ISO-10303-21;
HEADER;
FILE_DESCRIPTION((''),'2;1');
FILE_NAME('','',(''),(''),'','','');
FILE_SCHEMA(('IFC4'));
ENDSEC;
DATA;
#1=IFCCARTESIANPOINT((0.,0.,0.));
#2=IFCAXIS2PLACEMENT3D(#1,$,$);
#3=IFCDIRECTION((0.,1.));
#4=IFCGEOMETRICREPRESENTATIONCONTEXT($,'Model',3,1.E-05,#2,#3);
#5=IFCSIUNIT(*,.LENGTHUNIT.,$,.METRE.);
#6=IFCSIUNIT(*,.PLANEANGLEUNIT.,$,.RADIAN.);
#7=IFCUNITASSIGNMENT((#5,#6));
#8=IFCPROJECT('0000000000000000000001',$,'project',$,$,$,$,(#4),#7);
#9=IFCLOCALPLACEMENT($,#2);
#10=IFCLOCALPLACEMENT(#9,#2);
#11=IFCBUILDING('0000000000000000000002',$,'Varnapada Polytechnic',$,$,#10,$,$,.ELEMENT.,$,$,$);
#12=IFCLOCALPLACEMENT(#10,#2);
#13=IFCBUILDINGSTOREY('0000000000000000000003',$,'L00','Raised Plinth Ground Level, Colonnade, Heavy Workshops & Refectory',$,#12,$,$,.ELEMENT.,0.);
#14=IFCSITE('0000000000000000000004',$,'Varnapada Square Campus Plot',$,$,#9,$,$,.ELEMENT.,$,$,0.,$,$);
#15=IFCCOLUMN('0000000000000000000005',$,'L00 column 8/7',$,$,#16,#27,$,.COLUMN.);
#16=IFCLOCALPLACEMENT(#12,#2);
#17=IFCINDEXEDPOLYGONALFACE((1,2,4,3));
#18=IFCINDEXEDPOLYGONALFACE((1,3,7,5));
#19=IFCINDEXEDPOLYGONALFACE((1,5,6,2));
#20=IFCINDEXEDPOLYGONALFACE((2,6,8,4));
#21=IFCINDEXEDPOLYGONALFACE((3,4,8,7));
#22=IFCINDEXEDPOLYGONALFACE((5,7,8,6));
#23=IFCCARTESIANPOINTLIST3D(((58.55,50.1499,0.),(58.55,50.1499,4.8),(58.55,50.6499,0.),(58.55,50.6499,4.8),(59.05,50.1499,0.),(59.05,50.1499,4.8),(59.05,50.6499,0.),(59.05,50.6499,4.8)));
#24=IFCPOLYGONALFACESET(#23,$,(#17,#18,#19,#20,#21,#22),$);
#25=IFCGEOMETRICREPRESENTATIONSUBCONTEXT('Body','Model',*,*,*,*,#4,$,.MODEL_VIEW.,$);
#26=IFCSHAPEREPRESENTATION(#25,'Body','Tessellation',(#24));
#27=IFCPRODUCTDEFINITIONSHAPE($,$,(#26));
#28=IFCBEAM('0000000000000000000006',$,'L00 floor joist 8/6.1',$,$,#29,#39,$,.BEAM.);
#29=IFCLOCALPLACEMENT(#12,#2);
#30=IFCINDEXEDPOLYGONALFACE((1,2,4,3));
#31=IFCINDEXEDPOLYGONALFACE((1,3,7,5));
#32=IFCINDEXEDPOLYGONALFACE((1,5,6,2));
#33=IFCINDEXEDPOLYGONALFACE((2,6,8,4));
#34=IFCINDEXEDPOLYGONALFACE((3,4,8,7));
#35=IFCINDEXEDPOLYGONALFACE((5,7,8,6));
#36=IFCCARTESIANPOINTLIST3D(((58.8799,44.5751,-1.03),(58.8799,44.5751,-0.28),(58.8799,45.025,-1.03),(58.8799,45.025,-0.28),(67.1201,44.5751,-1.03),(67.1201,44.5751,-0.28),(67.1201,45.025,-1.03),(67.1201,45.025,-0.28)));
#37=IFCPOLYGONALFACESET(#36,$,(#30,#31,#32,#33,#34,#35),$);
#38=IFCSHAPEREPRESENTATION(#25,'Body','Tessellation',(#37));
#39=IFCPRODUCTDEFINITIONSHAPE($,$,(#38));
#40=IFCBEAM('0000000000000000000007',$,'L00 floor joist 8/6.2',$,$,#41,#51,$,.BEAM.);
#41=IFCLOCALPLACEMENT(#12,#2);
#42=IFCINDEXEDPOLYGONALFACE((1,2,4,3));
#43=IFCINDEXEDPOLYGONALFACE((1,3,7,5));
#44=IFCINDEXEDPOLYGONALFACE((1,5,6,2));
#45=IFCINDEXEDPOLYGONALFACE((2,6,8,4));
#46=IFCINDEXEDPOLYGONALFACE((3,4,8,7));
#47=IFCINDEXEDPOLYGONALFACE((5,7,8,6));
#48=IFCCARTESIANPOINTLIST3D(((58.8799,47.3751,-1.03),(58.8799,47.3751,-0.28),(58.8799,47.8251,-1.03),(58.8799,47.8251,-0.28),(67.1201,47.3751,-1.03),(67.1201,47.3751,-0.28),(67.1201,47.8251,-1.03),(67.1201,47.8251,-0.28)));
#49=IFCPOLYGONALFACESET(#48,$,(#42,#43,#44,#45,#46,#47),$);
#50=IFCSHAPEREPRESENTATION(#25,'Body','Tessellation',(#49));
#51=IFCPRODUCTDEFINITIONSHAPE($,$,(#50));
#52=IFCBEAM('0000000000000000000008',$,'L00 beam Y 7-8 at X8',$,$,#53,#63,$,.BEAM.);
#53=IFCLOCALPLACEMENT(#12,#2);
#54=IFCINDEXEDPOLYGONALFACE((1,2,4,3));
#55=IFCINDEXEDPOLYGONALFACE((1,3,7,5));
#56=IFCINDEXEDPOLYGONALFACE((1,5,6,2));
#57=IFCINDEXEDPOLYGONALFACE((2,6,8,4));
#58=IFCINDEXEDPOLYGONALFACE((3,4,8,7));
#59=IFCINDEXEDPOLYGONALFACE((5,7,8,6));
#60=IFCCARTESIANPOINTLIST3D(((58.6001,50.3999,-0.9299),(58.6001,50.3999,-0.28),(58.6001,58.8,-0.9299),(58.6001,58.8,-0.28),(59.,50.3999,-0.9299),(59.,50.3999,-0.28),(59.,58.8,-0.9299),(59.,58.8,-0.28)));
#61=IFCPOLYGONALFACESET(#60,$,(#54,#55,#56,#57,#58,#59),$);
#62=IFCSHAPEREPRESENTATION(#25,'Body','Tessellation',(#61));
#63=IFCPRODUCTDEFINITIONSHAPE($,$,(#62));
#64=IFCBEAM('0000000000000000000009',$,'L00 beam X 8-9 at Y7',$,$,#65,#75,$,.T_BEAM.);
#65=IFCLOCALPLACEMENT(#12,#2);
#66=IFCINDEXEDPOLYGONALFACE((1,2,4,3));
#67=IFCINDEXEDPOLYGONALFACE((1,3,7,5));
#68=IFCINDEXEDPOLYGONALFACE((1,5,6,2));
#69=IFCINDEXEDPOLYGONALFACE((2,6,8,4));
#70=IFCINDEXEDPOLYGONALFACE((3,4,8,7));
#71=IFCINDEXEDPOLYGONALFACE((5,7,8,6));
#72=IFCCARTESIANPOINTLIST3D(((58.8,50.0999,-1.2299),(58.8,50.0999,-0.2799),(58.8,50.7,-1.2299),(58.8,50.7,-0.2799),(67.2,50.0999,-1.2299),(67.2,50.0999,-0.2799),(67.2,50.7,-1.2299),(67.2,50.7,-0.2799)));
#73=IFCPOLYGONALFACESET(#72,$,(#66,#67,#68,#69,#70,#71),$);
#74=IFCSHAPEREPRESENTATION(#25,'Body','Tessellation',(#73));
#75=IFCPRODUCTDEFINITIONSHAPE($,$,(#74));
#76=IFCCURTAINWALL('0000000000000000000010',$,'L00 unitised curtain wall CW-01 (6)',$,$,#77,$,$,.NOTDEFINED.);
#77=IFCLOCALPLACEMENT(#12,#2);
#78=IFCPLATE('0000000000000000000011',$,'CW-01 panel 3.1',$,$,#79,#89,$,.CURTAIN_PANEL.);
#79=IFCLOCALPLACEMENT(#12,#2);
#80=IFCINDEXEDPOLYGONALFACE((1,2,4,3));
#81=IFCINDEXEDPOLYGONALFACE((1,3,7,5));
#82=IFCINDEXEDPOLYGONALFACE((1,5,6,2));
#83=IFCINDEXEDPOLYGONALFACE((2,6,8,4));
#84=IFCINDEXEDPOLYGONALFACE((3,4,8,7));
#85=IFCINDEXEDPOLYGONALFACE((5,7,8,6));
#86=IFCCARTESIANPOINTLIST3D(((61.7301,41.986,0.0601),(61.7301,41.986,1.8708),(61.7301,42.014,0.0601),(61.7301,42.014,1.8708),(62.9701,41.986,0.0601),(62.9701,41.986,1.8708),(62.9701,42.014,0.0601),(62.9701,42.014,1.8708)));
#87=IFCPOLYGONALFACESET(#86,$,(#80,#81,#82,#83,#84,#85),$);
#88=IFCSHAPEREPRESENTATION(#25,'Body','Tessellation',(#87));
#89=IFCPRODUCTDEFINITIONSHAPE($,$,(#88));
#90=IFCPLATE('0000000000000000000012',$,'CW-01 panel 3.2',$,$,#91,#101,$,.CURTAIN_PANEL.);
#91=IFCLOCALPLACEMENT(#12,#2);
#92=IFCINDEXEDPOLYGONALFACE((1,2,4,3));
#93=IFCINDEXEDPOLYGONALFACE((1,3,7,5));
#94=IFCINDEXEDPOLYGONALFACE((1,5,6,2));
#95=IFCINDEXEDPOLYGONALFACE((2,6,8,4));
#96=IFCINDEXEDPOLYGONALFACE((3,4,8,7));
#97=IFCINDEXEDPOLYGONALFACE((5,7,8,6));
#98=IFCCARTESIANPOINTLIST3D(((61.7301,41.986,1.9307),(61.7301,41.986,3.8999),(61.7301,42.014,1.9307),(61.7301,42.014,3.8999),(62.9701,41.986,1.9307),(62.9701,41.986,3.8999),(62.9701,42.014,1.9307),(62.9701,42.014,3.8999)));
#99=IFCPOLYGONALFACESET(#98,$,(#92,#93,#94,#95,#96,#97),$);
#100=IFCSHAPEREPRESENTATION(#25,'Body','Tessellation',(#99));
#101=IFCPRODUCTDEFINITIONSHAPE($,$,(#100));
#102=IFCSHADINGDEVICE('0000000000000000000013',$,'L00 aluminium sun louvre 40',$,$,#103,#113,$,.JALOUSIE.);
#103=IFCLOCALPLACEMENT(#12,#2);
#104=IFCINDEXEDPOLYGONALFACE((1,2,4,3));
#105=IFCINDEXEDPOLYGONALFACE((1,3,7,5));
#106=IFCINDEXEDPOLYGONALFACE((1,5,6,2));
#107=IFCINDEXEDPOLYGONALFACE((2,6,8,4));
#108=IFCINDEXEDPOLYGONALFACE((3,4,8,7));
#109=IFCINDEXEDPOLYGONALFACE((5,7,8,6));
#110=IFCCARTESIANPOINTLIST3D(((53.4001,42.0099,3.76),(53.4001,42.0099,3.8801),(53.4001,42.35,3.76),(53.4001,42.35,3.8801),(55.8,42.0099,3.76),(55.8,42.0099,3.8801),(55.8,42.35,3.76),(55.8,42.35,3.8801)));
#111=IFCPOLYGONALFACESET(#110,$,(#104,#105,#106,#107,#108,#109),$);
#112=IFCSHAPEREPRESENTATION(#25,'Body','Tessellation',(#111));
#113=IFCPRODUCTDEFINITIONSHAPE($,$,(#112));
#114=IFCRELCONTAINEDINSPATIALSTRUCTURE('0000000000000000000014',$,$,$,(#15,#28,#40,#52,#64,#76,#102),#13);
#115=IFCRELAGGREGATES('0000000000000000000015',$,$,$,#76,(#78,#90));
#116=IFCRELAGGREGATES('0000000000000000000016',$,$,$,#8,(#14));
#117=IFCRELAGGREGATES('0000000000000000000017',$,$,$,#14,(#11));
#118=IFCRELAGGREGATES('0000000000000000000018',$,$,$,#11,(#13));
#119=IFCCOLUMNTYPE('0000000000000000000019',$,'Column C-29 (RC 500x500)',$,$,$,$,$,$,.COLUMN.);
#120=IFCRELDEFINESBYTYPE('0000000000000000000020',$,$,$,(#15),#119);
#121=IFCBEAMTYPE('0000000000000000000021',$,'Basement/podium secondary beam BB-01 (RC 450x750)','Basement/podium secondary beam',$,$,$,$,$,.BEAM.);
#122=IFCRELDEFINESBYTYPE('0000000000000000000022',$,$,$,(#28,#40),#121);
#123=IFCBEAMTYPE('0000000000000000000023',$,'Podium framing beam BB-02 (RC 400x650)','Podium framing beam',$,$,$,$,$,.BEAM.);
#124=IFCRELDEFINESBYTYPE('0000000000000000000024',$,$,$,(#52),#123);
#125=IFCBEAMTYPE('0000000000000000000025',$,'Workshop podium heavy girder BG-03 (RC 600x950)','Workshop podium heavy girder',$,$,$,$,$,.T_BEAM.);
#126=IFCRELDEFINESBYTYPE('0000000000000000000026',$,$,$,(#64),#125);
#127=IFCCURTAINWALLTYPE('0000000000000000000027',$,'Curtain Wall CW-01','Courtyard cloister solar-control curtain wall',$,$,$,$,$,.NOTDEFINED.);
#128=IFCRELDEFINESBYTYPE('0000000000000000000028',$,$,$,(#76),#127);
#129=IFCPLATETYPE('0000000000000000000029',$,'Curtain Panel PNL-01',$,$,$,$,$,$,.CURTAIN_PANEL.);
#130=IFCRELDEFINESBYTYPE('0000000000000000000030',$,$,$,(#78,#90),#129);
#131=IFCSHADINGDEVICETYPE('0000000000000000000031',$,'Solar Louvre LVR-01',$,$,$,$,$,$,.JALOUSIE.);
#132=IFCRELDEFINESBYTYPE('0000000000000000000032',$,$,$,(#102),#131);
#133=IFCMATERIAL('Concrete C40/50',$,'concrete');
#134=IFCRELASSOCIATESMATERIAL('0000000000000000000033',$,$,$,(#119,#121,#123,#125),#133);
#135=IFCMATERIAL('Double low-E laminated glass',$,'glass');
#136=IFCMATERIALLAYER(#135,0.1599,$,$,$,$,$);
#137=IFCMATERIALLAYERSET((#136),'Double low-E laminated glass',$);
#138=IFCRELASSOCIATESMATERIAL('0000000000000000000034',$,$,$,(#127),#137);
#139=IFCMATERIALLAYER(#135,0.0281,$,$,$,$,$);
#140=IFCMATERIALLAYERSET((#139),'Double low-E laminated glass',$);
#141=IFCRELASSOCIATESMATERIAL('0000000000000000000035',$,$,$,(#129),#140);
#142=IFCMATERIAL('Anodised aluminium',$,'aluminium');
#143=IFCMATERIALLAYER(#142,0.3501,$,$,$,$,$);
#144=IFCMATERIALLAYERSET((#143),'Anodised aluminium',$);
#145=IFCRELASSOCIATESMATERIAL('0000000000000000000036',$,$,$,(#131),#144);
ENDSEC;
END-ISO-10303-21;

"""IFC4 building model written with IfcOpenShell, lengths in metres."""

from ifc_helpers import new_model, si_unit, direction, frame, origin, origin_2d, place, context, subcontext, project, spatial, rectangle, extrude, material, layer, layer_set, material_profile, profile_set, type_object, element, aggregate, save


model = new_model("IFC4")

# Units and contexts
model_context = context("Model", 3, precision=1e-05, world=origin(), true_north=direction((0.0, 1.0)))
body_context = subcontext(model_context, "Body", "Model", "MODEL_VIEW")
ifc_project = project(units=[si_unit("LENGTHUNIT", "METRE"), si_unit("PLANEANGLEUNIT", "RADIAN")], contexts=[model_context])

# Site, building, storey
site_placement = place(None, origin())
site = spatial("IfcSite", under=ifc_project, at=site_placement, Name="Varnapada Square Campus Plot", CompositionType="ELEMENT", RefElevation=0.0)
building_placement = place(site_placement, origin())
building = spatial("IfcBuilding", under=site, at=building_placement, Name="Varnapada Polytechnic", CompositionType="ELEMENT")
storey_placement = place(building_placement, origin())
storey = spatial("IfcBuildingStorey", under=building, at=storey_placement, Name="L00", Description="Raised Plinth Ground Level, Colonnade, Heavy Workshops & Refectory", CompositionType="ELEMENT", Elevation=0.0)

# Column
ifc_material_1 = material(Name="Concrete C40/50", Category="concrete")
ifc_material_profile_1 = material_profile(ifc_material_1, rectangle(XDim=0.5, YDim=0.5, at=origin_2d()), Name="RC 500x500")
ifc_profile_set_1 = profile_set([ifc_material_profile_1], Name="Concrete C40/50")
column_type = type_object("IfcColumnType", Name="Column C-29 (RC 500x500)", PredefinedType="COLUMN", material=ifc_profile_set_1)
column_placement = place(storey_placement, frame((58.8, 50.3999, 0.0), z_axis=(0.0, 0.0, 1.0), x_axis=(1.0, 0.0, 0.0)))
element("IfcColumn", 1, at=column_placement, inside=storey, type_object=column_type, Name="L00 column 8/7", PredefinedType="COLUMN", context=body_context, shape_type="SweptSolid", body=[
    extrude(rectangle(XDim=0.5, YDim=0.5, at=origin_2d()), origin(), (0.0, 0.0, 1.0), 4.8),
])

# Beams
ifc_material_profile_2 = material_profile(ifc_material_1, rectangle(XDim=0.45, YDim=0.75, at=origin_2d()), Name="RC 450x750")
ifc_profile_set_2 = profile_set([ifc_material_profile_2], Name="Concrete C40/50")
beam_type_1 = type_object("IfcBeamType", Name="Basement/podium secondary beam BB-01 (RC 450x750)", Description="Basement/podium secondary beam", PredefinedType="BEAM", material=ifc_profile_set_2)
for number, where, z_axis, x_axis, name in (
    (2, (58.8799, 44.8, -0.655), (1.0, 0.0, 0.0), (0.0, 1.0, 0.0), "L00 floor joist 8/6.1"),
    (3, (58.8799, 47.6001, -0.655), (1.0, 0.0, 0.0), (0.0, 1.0, 0.0), "L00 floor joist 8/6.2"),
):
    element("IfcBeam", number, at=place(storey_placement, frame(where, z_axis=z_axis, x_axis=x_axis)), inside=storey, type_object=beam_type_1, Name=name, PredefinedType="BEAM", context=body_context, shape_type="SweptSolid", body=[
        extrude(rectangle(XDim=0.45, YDim=0.75, at=origin_2d()), origin(), (0.0, 0.0, 1.0), 8.2402),
    ])
ifc_material_profile_3 = material_profile(ifc_material_1, rectangle(XDim=0.3999, YDim=0.6499, at=origin_2d()), Name="RC 400x650")
ifc_profile_set_3 = profile_set([ifc_material_profile_3], Name="Concrete C40/50")
beam_type_2 = type_object("IfcBeamType", Name="Podium framing beam BB-02 (RC 400x650)", Description="Podium framing beam", PredefinedType="BEAM", material=ifc_profile_set_3)
beam_1_placement = place(storey_placement, frame((58.8, 50.3999, -0.605), z_axis=(0.0, 1.0, 0.0), x_axis=(-1.0, 0.0, 0.0)))
element("IfcBeam", 4, at=beam_1_placement, inside=storey, type_object=beam_type_2, Name="L00 beam Y 7-8 at X8", PredefinedType="BEAM", context=body_context, shape_type="SweptSolid", body=[
    extrude(rectangle(XDim=0.3999, YDim=0.6499, at=origin_2d()), origin(), (0.0, 0.0, 1.0), 8.4001),
])
ifc_material_profile_4 = material_profile(ifc_material_1, rectangle(XDim=0.6001, YDim=0.95, at=origin_2d()), Name="RC 600x950")
ifc_profile_set_4 = profile_set([ifc_material_profile_4], Name="Concrete C40/50")
beam_type_3 = type_object("IfcBeamType", Name="Workshop podium heavy girder BG-03 (RC 600x950)", Description="Workshop podium heavy girder", PredefinedType="T_BEAM", material=ifc_profile_set_4)
beam_2_placement = place(storey_placement, frame((58.8, 50.3999, -0.7549), z_axis=(1.0, 0.0, 0.0), x_axis=(0.0, 1.0, 0.0)))
element("IfcBeam", 5, at=beam_2_placement, inside=storey, type_object=beam_type_3, Name="L00 beam X 8-9 at Y7", PredefinedType="T_BEAM", context=body_context, shape_type="SweptSolid", body=[
    extrude(rectangle(XDim=0.6001, YDim=0.95, at=origin_2d()), origin(), (0.0, 0.0, 1.0), 8.3999),
])

# Curtain wall, plates
ifc_material_2 = material(Name="Double low-E laminated glass", Category="glass")
ifc_layer_1 = layer(ifc_material_2, 0.1599)
ifc_layer_set_1 = layer_set([ifc_layer_1], Name="Double low-E laminated glass")
curtain_wall_type = type_object("IfcCurtainWallType", Name="Curtain Wall CW-01", Description="Courtyard cloister solar-control curtain wall", PredefinedType="NOTDEFINED", material=ifc_layer_set_1)
curtain_wall_placement = place(storey_placement, origin())
curtain_wall = element("IfcCurtainWall", 6, at=curtain_wall_placement, inside=storey, type_object=curtain_wall_type, Name="L00 unitised curtain wall CW-01 (6)", PredefinedType="NOTDEFINED")
ifc_layer_2 = layer(ifc_material_2, 0.0281)
ifc_layer_set_2 = layer_set([ifc_layer_2], Name="Double low-E laminated glass")
plate_type = type_object("IfcPlateType", Name="Curtain Panel PNL-01", PredefinedType="CURTAIN_PANEL", material=ifc_layer_set_2)
plate_1_placement = place(storey_placement, frame((62.3501, 42.0, 0.0601), z_axis=(0.0, 0.0, 1.0), x_axis=(1.0, 0.0, 0.0)))
plate_1 = element("IfcPlate", 7, at=plate_1_placement, type_object=plate_type, Name="CW-01 panel 3.1", PredefinedType="CURTAIN_PANEL", context=body_context, shape_type="SweptSolid", body=[
    extrude(rectangle(XDim=1.24, YDim=0.0281, at=origin_2d()), origin(), (0.0, 0.0, 1.0), 1.8108),
])
plate_2_placement = place(storey_placement, frame((62.3501, 42.0, 1.9307), z_axis=(0.0, 0.0, 1.0), x_axis=(1.0, 0.0, 0.0)))
plate_2 = element("IfcPlate", 8, at=plate_2_placement, type_object=plate_type, Name="CW-01 panel 3.2", PredefinedType="CURTAIN_PANEL", context=body_context, shape_type="SweptSolid", body=[
    extrude(rectangle(XDim=1.24, YDim=0.0281, at=origin_2d()), origin(), (0.0, 0.0, 1.0), 1.9692),
])
aggregate(curtain_wall, [plate_1, plate_2])

# Shading device
ifc_material_3 = material(Name="Anodised aluminium", Category="aluminium")
ifc_layer_3 = layer(ifc_material_3, 0.3501)
ifc_layer_set_3 = layer_set([ifc_layer_3], Name="Anodised aluminium")
shading_device_type_1 = type_object("IfcShadingDeviceType", Name="Solar Louvre LVR-01", PredefinedType="JALOUSIE", material=ifc_layer_set_3)
shading_device_1_placement = place(storey_placement, frame((54.6001, 42.1799, 3.76), z_axis=(0.0, 0.0, 1.0), x_axis=(1.0, 0.0, 0.0)))
element("IfcShadingDevice", 9, at=shading_device_1_placement, inside=storey, type_object=shading_device_type_1, Name="L00 aluminium sun louvre 40", PredefinedType="JALOUSIE", context=body_context, shape_type="SweptSolid", body=[
    extrude(rectangle(XDim=2.3999, YDim=0.3401, at=origin_2d()), origin(), (0.0, 0.0, 1.0), 0.1201),
])

save(model, "model.ifc")
